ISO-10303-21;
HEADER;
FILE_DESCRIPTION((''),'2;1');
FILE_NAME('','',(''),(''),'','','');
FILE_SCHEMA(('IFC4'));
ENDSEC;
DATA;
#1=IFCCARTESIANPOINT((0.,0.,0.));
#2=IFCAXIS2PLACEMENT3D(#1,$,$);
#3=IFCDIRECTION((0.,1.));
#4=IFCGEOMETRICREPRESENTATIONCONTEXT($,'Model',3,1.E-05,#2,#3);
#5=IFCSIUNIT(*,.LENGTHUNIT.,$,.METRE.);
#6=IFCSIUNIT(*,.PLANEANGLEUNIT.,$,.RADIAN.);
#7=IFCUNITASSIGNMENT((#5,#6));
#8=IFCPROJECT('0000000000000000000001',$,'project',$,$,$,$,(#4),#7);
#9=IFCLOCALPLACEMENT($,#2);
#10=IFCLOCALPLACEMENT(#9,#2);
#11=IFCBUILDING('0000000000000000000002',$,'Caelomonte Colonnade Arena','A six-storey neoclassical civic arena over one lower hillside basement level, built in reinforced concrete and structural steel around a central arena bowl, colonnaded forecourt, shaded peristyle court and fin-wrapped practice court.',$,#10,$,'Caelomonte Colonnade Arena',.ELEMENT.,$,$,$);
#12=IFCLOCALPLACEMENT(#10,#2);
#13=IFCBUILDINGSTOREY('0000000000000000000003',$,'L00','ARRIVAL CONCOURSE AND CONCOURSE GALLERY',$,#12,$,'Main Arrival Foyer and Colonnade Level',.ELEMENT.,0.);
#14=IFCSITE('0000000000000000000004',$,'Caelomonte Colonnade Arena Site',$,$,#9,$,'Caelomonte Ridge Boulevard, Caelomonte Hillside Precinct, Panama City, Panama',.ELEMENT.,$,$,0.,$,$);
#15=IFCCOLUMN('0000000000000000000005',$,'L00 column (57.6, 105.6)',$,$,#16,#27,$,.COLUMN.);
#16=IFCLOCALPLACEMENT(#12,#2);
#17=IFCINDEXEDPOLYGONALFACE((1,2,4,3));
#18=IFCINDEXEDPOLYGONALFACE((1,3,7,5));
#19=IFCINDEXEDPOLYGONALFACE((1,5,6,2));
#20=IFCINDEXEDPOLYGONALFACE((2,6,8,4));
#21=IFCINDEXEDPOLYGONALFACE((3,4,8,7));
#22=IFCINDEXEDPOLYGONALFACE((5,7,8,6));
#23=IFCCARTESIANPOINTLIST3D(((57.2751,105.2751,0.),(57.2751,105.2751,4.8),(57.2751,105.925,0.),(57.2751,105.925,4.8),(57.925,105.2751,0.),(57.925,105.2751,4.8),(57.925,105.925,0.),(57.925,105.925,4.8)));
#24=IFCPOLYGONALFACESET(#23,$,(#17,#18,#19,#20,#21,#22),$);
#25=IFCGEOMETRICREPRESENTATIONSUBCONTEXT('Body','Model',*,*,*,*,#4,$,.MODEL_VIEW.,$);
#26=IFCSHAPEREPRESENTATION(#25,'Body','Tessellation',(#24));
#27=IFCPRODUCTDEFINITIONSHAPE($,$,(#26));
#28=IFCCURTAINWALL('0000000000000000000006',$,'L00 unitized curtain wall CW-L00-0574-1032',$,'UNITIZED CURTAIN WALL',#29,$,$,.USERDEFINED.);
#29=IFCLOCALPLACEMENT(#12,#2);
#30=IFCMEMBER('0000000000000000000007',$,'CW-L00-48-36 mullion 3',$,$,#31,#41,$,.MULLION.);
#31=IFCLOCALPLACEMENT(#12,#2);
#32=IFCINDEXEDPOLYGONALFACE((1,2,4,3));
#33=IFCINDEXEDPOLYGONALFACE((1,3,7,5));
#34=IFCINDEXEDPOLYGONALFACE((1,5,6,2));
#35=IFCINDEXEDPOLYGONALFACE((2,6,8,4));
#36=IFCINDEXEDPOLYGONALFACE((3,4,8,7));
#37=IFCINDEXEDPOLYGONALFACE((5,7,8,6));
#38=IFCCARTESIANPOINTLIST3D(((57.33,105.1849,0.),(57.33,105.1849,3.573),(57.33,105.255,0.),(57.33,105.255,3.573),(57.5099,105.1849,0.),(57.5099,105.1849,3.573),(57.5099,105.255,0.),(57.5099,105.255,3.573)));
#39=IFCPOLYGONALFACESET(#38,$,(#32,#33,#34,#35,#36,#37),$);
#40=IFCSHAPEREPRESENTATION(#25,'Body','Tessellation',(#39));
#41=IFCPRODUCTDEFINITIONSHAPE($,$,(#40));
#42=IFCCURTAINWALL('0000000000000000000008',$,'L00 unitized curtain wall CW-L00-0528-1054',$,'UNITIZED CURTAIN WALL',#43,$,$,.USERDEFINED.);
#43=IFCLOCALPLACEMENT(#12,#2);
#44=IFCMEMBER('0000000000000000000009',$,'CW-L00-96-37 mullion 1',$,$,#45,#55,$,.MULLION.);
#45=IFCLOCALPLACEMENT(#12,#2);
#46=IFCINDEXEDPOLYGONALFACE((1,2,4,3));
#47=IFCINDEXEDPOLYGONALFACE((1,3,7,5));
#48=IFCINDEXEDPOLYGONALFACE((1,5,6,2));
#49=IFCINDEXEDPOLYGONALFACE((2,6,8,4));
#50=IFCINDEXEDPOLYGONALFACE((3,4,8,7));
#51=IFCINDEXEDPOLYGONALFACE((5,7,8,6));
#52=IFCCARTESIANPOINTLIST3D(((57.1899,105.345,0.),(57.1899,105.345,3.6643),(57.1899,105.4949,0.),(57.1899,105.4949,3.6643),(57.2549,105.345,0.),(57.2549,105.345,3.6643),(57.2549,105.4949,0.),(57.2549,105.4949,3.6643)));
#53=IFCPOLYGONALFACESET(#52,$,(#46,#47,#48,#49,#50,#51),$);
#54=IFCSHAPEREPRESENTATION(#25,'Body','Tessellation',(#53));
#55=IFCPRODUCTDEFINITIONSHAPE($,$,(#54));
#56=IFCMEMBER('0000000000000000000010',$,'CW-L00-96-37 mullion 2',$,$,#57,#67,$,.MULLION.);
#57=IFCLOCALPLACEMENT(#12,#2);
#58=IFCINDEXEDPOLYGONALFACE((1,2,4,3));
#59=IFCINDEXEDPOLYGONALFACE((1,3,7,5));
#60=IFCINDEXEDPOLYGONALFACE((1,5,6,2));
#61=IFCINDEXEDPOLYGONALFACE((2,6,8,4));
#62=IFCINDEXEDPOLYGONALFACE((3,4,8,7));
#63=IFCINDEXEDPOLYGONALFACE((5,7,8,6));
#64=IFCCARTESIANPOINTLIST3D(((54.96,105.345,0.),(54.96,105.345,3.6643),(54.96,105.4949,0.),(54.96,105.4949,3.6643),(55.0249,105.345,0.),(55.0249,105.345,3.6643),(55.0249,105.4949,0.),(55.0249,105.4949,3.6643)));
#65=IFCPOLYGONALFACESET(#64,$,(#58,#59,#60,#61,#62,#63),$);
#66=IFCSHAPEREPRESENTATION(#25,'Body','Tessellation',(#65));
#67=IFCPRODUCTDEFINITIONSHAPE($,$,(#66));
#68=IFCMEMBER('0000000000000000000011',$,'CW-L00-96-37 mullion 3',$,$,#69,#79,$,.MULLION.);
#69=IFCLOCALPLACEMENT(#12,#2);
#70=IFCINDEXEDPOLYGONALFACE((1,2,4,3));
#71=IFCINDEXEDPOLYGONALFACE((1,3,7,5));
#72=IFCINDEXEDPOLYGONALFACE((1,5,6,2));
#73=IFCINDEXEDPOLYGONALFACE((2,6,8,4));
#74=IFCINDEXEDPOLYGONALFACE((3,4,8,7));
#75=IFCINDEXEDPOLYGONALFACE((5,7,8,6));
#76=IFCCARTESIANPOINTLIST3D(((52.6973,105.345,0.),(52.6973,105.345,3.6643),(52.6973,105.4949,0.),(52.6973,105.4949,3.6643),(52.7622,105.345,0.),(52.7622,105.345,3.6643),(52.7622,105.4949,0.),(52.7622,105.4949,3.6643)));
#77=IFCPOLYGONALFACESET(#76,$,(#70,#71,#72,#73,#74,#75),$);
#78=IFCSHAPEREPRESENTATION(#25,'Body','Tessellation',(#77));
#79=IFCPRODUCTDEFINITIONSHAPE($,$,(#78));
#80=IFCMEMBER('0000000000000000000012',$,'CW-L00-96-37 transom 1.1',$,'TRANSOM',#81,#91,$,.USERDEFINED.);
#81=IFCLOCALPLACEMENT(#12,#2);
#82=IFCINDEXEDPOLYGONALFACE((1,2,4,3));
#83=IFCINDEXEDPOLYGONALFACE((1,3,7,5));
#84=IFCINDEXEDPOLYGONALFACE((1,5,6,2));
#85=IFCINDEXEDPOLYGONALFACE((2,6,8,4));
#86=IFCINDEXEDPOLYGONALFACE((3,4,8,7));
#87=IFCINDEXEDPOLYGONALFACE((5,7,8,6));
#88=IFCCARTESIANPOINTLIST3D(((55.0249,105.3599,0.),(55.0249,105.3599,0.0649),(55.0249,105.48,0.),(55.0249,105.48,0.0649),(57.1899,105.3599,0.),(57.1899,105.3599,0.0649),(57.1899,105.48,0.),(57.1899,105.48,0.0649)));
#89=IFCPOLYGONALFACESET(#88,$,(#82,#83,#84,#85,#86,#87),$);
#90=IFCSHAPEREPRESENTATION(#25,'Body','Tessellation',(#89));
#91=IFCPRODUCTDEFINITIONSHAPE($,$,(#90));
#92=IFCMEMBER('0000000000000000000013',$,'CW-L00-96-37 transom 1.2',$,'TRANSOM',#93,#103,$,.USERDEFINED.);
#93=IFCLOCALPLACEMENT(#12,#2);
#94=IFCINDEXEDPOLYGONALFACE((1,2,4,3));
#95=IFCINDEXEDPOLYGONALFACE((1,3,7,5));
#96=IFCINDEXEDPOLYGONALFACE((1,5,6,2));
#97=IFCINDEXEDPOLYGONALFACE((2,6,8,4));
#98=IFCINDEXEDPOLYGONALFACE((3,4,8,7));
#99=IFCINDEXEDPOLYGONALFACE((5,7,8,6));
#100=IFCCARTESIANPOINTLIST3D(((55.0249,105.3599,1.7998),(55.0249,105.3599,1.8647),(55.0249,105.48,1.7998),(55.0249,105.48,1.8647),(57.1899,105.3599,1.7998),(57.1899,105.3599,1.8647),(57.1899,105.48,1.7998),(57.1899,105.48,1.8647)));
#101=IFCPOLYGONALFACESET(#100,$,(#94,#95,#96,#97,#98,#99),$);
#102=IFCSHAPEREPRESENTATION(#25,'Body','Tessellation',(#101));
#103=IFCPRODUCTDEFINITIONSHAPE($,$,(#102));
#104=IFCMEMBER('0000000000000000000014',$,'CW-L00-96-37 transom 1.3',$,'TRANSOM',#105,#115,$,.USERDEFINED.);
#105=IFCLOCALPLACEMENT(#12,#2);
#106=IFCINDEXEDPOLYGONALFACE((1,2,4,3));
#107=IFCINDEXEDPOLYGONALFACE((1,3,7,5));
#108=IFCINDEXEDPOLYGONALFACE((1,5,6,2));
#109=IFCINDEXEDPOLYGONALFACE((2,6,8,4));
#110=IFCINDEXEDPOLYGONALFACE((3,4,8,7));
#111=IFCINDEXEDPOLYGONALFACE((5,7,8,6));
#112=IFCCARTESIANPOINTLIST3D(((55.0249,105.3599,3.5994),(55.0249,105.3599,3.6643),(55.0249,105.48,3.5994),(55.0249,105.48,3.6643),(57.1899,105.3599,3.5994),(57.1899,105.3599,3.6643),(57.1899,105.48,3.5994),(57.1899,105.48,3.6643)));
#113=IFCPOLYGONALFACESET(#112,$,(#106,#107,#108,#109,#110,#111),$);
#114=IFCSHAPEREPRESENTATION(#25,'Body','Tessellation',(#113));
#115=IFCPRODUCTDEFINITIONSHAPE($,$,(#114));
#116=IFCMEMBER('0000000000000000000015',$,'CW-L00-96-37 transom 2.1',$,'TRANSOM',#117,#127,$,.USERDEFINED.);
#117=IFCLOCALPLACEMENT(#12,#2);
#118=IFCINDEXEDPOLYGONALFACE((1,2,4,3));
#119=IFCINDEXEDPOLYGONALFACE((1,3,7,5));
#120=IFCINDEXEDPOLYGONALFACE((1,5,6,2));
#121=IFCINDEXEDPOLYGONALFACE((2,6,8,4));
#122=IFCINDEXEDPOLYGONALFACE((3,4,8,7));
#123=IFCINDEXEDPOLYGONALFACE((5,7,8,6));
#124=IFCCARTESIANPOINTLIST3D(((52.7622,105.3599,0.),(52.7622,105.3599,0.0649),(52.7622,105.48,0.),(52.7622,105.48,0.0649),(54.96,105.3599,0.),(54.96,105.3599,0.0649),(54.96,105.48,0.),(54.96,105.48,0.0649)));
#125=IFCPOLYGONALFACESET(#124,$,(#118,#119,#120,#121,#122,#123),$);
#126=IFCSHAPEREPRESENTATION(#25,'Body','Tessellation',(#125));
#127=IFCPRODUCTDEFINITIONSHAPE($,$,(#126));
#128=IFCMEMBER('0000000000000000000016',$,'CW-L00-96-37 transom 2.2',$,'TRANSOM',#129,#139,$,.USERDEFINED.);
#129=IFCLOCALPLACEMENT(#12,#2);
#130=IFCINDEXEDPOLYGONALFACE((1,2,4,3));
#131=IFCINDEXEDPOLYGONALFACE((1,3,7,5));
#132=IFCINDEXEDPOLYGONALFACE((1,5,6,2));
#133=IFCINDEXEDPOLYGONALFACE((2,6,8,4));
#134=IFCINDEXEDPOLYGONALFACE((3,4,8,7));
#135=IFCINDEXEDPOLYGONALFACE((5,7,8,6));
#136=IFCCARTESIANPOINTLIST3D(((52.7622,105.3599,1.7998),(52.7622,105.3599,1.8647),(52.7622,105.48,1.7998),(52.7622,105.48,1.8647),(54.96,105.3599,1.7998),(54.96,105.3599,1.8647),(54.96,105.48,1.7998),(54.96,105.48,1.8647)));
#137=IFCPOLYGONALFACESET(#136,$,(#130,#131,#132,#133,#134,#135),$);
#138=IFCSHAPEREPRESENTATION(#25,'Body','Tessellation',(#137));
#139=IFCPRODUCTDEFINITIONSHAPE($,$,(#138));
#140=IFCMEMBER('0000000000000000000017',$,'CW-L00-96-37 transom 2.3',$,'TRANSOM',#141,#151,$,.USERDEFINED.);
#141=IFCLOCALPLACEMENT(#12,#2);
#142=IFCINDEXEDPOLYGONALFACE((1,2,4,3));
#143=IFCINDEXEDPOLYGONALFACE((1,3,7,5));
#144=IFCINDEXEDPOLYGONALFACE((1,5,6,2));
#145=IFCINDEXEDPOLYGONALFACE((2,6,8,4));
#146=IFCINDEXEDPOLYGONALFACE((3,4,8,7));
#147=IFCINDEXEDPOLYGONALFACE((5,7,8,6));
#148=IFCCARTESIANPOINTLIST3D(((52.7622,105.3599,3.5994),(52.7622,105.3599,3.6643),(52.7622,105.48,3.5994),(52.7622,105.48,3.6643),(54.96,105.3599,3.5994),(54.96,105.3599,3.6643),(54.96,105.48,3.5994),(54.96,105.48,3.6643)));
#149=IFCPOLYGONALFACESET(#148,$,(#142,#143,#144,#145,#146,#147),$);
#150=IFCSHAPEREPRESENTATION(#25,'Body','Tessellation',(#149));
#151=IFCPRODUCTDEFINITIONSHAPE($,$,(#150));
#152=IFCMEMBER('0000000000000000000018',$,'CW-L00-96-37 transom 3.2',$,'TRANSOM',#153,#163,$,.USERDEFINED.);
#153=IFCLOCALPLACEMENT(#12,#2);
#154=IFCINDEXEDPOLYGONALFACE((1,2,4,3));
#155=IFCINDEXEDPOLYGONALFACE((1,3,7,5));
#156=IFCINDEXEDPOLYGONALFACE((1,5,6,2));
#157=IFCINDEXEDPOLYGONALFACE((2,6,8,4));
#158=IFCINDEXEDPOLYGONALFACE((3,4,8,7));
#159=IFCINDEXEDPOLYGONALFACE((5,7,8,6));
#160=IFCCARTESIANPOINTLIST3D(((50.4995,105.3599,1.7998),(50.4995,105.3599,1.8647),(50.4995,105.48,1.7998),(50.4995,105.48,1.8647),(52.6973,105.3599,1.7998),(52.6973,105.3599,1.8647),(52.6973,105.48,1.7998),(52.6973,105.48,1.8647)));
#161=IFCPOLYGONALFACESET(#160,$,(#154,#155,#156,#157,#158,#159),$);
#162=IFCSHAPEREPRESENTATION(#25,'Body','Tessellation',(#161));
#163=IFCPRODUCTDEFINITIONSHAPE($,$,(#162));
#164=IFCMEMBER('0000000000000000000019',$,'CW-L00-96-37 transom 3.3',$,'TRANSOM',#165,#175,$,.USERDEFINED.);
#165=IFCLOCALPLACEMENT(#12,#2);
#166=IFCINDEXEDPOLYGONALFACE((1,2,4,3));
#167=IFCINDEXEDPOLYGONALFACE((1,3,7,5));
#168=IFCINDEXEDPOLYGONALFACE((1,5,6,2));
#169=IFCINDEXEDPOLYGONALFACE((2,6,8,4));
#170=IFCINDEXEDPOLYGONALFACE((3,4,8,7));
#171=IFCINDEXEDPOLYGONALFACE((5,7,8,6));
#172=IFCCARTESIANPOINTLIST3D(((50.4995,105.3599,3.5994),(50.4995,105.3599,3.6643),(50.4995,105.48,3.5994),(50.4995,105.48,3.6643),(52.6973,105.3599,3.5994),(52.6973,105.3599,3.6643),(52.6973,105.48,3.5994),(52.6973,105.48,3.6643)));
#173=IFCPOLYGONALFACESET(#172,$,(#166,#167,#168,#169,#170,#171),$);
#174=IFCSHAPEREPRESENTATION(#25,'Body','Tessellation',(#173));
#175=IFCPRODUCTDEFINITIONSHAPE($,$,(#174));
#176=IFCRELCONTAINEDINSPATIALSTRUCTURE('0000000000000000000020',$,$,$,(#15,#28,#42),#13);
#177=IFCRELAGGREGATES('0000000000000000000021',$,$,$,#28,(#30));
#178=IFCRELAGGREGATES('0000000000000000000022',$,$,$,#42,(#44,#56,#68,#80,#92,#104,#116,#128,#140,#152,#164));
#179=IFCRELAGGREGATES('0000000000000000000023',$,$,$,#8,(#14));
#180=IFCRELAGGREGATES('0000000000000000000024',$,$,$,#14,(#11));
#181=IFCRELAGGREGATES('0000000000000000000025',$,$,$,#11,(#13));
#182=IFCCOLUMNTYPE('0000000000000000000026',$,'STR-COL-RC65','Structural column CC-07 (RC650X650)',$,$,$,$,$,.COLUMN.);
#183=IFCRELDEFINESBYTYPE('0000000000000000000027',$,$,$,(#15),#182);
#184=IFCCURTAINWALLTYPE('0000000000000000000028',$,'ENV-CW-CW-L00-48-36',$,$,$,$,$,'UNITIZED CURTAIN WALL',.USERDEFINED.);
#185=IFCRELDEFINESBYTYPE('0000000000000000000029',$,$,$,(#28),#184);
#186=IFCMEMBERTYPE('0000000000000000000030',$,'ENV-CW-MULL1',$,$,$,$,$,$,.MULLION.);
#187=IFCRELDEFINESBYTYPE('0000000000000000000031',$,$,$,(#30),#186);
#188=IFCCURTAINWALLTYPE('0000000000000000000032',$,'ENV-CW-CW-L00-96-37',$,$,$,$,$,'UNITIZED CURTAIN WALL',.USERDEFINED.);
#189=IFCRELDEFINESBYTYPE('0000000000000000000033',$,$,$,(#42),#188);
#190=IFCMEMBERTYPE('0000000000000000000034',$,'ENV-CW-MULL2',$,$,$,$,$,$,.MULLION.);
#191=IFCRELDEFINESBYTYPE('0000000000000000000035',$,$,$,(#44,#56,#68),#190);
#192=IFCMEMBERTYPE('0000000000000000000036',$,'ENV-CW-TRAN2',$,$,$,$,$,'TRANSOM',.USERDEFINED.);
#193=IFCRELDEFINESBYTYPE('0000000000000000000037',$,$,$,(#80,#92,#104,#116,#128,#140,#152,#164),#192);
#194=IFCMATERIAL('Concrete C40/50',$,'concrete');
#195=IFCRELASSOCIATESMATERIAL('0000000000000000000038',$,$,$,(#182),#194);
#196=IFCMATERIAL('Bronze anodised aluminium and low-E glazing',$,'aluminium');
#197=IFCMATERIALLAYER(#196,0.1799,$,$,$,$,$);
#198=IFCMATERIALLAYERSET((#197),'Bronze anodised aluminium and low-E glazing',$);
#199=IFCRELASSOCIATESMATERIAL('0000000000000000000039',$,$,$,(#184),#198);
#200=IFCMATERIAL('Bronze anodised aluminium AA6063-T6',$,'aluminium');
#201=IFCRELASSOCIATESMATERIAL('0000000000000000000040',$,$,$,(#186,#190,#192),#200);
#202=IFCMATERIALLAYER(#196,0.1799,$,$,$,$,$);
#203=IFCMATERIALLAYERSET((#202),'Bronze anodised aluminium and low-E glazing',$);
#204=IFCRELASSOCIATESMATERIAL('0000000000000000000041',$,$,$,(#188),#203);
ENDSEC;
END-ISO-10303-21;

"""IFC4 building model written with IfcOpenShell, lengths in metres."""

from ifc_helpers import new_model, si_unit, direction, frame, origin, origin_2d, place, context, subcontext, project, spatial, rectangle, extrude, material, layer, layer_set, material_profile, profile_set, type_object, element, aggregate, save


model = new_model("IFC4")

# Units and contexts
model_context = context("Model", 3, precision=1e-05, world=origin(), true_north=direction((0.0, 1.0)))
body_context = subcontext(model_context, "Body", "Model", "MODEL_VIEW")
ifc_project = project(units=[si_unit("LENGTHUNIT", "METRE"), si_unit("PLANEANGLEUNIT", "RADIAN")], contexts=[model_context])

# Site, building, storey
site_placement = place(None, origin())
site = spatial("IfcSite", under=ifc_project, at=site_placement, Name="Caelomonte Colonnade Arena Site", LongName="Caelomonte Ridge Boulevard, Caelomonte Hillside Precinct, Panama City, Panama", CompositionType="ELEMENT", RefElevation=0.0)
building_placement = place(site_placement, origin())
building = spatial("IfcBuilding", under=site, at=building_placement, Name="Caelomonte Colonnade Arena", Description="A six-storey neoclassical civic arena over one lower hillside basement level, built in reinforced concrete and structural steel around a central arena bowl, colonnaded forecourt, shaded peristyle court and fin-wrapped practice court.", LongName="Caelomonte Colonnade Arena", CompositionType="ELEMENT")
storey_placement = place(building_placement, origin())
storey = spatial("IfcBuildingStorey", under=building, at=storey_placement, Name="L00", Description="ARRIVAL CONCOURSE AND CONCOURSE GALLERY", LongName="Main Arrival Foyer and Colonnade Level", CompositionType="ELEMENT", Elevation=0.0)

# Column
ifc_material_1 = material(Name="Concrete C40/50", Category="concrete")
ifc_material_profile_1 = material_profile(ifc_material_1, rectangle(XDim=0.6499, YDim=0.6499, at=origin_2d()), Name="RC650X650")
ifc_profile_set_1 = profile_set([ifc_material_profile_1], Name="Concrete C40/50")
column_type = type_object("IfcColumnType", Name="STR-COL-RC65", Description="Structural column CC-07 (RC650X650)", PredefinedType="COLUMN", material=ifc_profile_set_1)
column_placement = place(storey_placement, frame((57.6001, 105.6001, 0.0), z_axis=(0.0, 0.0, 1.0), x_axis=(1.0, 0.0, 0.0)))
element("IfcColumn", 1, at=column_placement, inside=storey, type_object=column_type, Name="L00 column (57.6, 105.6)", PredefinedType="COLUMN", context=body_context, shape_type="SweptSolid", body=[
    extrude(rectangle(XDim=0.6499, YDim=0.6499, at=origin_2d()), origin(), (0.0, 0.0, 1.0), 4.8),
])

# Curtain wall, member
ifc_material_2 = material(Name="Bronze anodised aluminium and low-E glazing", Category="aluminium")
ifc_layer_1 = layer(ifc_material_2, 0.1799)
ifc_layer_set_1 = layer_set([ifc_layer_1], Name="Bronze anodised aluminium and low-E glazing")
curtain_wall_type_1 = type_object("IfcCurtainWallType", Name="ENV-CW-CW-L00-48-36", ElementType="UNITIZED CURTAIN WALL", PredefinedType="USERDEFINED", material=ifc_layer_set_1)
curtain_wall_1_placement = place(storey_placement, origin())
curtain_wall_1 = element("IfcCurtainWall", 2, at=curtain_wall_1_placement, inside=storey, type_object=curtain_wall_type_1, Name="L00 unitized curtain wall CW-L00-0574-1032", ObjectType="UNITIZED CURTAIN WALL", PredefinedType="USERDEFINED")
ifc_material_3 = material(Name="Bronze anodised aluminium AA6063-T6", Category="aluminium")
ifc_material_profile_2 = material_profile(ifc_material_3, rectangle(XDim=0.0701, YDim=0.1799, at=origin_2d()), Name="CWM-70X180")
ifc_profile_set_2 = profile_set([ifc_material_profile_2], Name="Bronze anodised aluminium AA6063-T6")
member_type_1 = type_object("IfcMemberType", Name="ENV-CW-MULL1", PredefinedType="MULLION", material=ifc_profile_set_2)
member_1_placement = place(storey_placement, frame((57.4199, 105.22, 0.0), z_axis=(0.0, 0.0, 1.0), x_axis=(0.0, 1.0, 0.0)))
member_1 = element("IfcMember", 3, at=member_1_placement, type_object=member_type_1, Name="CW-L00-48-36 mullion 3", PredefinedType="MULLION", context=body_context, shape_type="SweptSolid", body=[
    extrude(rectangle(XDim=0.0701, YDim=0.1799, at=origin_2d()), origin(), (0.0, 0.0, 1.0), 3.573),
])

# Curtain wall, members
ifc_layer_2 = layer(ifc_material_2, 0.1799)
ifc_layer_set_2 = layer_set([ifc_layer_2], Name="Bronze anodised aluminium and low-E glazing")
curtain_wall_type_2 = type_object("IfcCurtainWallType", Name="ENV-CW-CW-L00-96-37", ElementType="UNITIZED CURTAIN WALL", PredefinedType="USERDEFINED", material=ifc_layer_set_2)
curtain_wall_2_placement = place(storey_placement, origin())
curtain_wall_2 = element("IfcCurtainWall", 4, at=curtain_wall_2_placement, inside=storey, type_object=curtain_wall_type_2, Name="L00 unitized curtain wall CW-L00-0528-1054", ObjectType="UNITIZED CURTAIN WALL", PredefinedType="USERDEFINED")
ifc_material_profile_3 = material_profile(ifc_material_3, rectangle(XDim=0.0649, YDim=0.1499, at=origin_2d()), Name="CWM-65X150")
ifc_profile_set_3 = profile_set([ifc_material_profile_3], Name="Bronze anodised aluminium AA6063-T6")
member_type_2 = type_object("IfcMemberType", Name="ENV-CW-MULL2", PredefinedType="MULLION", material=ifc_profile_set_3)
member_2_placement = place(storey_placement, frame((57.2224, 105.4199, 0.0), z_axis=(0.0, 0.0, 1.0), x_axis=(-1.0, 0.0, 0.0)))
member_2 = element("IfcMember", 5, at=member_2_placement, type_object=member_type_2, Name="CW-L00-96-37 mullion 1", PredefinedType="MULLION", context=body_context, shape_type="SweptSolid", body=[
    extrude(rectangle(XDim=0.0649, YDim=0.1499, at=origin_2d()), origin(), (0.0, 0.0, 1.0), 3.6643),
])
member_3_placement = place(storey_placement, frame((54.9924, 105.4199, 0.0), z_axis=(0.0, 0.0, 1.0), x_axis=(-1.0, 0.0, 0.0)))
member_3 = element("IfcMember", 6, at=member_3_placement, type_object=member_type_2, Name="CW-L00-96-37 mullion 2", PredefinedType="MULLION", context=body_context, shape_type="SweptSolid", body=[
    extrude(rectangle(XDim=0.0649, YDim=0.1499, at=origin_2d()), origin(), (0.0, 0.0, 1.0), 3.6643),
])
member_4_placement = place(storey_placement, frame((52.7297, 105.4199, 0.0), z_axis=(0.0, 0.0, 1.0), x_axis=(-1.0, 0.0, 0.0)))
member_4 = element("IfcMember", 7, at=member_4_placement, type_object=member_type_2, Name="CW-L00-96-37 mullion 3", PredefinedType="MULLION", context=body_context, shape_type="SweptSolid", body=[
    extrude(rectangle(XDim=0.0649, YDim=0.1499, at=origin_2d()), origin(), (0.0, 0.0, 1.0), 3.6643),
])
ifc_material_profile_4 = material_profile(ifc_material_3, rectangle(XDim=0.0649, YDim=0.1201, at=origin_2d()), Name="CWT-65X120")
ifc_profile_set_4 = profile_set([ifc_material_profile_4], Name="Bronze anodised aluminium AA6063-T6")
member_type_3 = type_object("IfcMemberType", Name="ENV-CW-TRAN2", ElementType="TRANSOM", PredefinedType="USERDEFINED", material=ifc_profile_set_4)
member_5_placement = place(storey_placement, frame((57.1899, 105.4199, 0.0325), z_axis=(-1.0, 0.0, 0.0), x_axis=(0.0, 0.0, 1.0)))
member_5 = element("IfcMember", 8, at=member_5_placement, type_object=member_type_3, Name="CW-L00-96-37 transom 1.1", ObjectType="TRANSOM", PredefinedType="USERDEFINED", context=body_context, shape_type="SweptSolid", body=[
    extrude(rectangle(XDim=0.0649, YDim=0.1201, at=origin_2d()), origin(), (0.0, 0.0, 1.0), 2.165),
])
member_6_placement = place(storey_placement, frame((57.1899, 105.4199, 1.8323), z_axis=(-1.0, 0.0, 0.0), x_axis=(0.0, 0.0, 1.0)))
member_6 = element("IfcMember", 9, at=member_6_placement, type_object=member_type_3, Name="CW-L00-96-37 transom 1.2", ObjectType="TRANSOM", PredefinedType="USERDEFINED", context=body_context, shape_type="SweptSolid", body=[
    extrude(rectangle(XDim=0.0649, YDim=0.1201, at=origin_2d()), origin(), (0.0, 0.0, 1.0), 2.165),
])
member_7_placement = place(storey_placement, frame((57.1899, 105.4199, 3.6318), z_axis=(-1.0, 0.0, 0.0), x_axis=(0.0, 0.0, 1.0)))
member_7 = element("IfcMember", 10, at=member_7_placement, type_object=member_type_3, Name="CW-L00-96-37 transom 1.3", ObjectType="TRANSOM", PredefinedType="USERDEFINED", context=body_context, shape_type="SweptSolid", body=[
    extrude(rectangle(XDim=0.0649, YDim=0.1201, at=origin_2d()), origin(), (0.0, 0.0, 1.0), 2.165),
])
member_8_placement = place(storey_placement, frame((54.96, 105.4199, 0.0325), z_axis=(-1.0, 0.0, 0.0), x_axis=(0.0, 0.0, 1.0)))
member_8 = element("IfcMember", 11, at=member_8_placement, type_object=member_type_3, Name="CW-L00-96-37 transom 2.1", ObjectType="TRANSOM", PredefinedType="USERDEFINED", context=body_context, shape_type="SweptSolid", body=[
    extrude(rectangle(XDim=0.0649, YDim=0.1201, at=origin_2d()), origin(), (0.0, 0.0, 1.0), 2.1978),
])
member_9_placement = place(storey_placement, frame((54.96, 105.4199, 1.8323), z_axis=(-1.0, 0.0, 0.0), x_axis=(0.0, 0.0, 1.0)))
member_9 = element("IfcMember", 12, at=member_9_placement, type_object=member_type_3, Name="CW-L00-96-37 transom 2.2", ObjectType="TRANSOM", PredefinedType="USERDEFINED", context=body_context, shape_type="SweptSolid", body=[
    extrude(rectangle(XDim=0.0649, YDim=0.1201, at=origin_2d()), origin(), (0.0, 0.0, 1.0), 2.1978),
])
member_10_placement = place(storey_placement, frame((54.96, 105.4199, 3.6318), z_axis=(-1.0, 0.0, 0.0), x_axis=(0.0, 0.0, 1.0)))
member_10 = element("IfcMember", 13, at=member_10_placement, type_object=member_type_3, Name="CW-L00-96-37 transom 2.3", ObjectType="TRANSOM", PredefinedType="USERDEFINED", context=body_context, shape_type="SweptSolid", body=[
    extrude(rectangle(XDim=0.0649, YDim=0.1201, at=origin_2d()), origin(), (0.0, 0.0, 1.0), 2.1978),
])
member_11_placement = place(storey_placement, frame((52.6973, 105.4199, 1.8323), z_axis=(-1.0, 0.0, 0.0), x_axis=(0.0, 0.0, 1.0)))
member_11 = element("IfcMember", 14, at=member_11_placement, type_object=member_type_3, Name="CW-L00-96-37 transom 3.2", ObjectType="TRANSOM", PredefinedType="USERDEFINED", context=body_context, shape_type="SweptSolid", body=[
    extrude(rectangle(XDim=0.0649, YDim=0.1201, at=origin_2d()), origin(), (0.0, 0.0, 1.0), 2.1978),
])
member_12_placement = place(storey_placement, frame((52.6973, 105.4199, 3.6318), z_axis=(-1.0, 0.0, 0.0), x_axis=(0.0, 0.0, 1.0)))
member_12 = element("IfcMember", 15, at=member_12_placement, type_object=member_type_3, Name="CW-L00-96-37 transom 3.3", ObjectType="TRANSOM", PredefinedType="USERDEFINED", context=body_context, shape_type="SweptSolid", body=[
    extrude(rectangle(XDim=0.0649, YDim=0.1201, at=origin_2d()), origin(), (0.0, 0.0, 1.0), 2.1978),
])

aggregate(curtain_wall_1, [member_1])
aggregate(curtain_wall_2, [member_2, member_3, member_4, member_5, member_6, member_7, member_8, member_9, member_10, member_11, member_12])

save(model, "model.ifc")
